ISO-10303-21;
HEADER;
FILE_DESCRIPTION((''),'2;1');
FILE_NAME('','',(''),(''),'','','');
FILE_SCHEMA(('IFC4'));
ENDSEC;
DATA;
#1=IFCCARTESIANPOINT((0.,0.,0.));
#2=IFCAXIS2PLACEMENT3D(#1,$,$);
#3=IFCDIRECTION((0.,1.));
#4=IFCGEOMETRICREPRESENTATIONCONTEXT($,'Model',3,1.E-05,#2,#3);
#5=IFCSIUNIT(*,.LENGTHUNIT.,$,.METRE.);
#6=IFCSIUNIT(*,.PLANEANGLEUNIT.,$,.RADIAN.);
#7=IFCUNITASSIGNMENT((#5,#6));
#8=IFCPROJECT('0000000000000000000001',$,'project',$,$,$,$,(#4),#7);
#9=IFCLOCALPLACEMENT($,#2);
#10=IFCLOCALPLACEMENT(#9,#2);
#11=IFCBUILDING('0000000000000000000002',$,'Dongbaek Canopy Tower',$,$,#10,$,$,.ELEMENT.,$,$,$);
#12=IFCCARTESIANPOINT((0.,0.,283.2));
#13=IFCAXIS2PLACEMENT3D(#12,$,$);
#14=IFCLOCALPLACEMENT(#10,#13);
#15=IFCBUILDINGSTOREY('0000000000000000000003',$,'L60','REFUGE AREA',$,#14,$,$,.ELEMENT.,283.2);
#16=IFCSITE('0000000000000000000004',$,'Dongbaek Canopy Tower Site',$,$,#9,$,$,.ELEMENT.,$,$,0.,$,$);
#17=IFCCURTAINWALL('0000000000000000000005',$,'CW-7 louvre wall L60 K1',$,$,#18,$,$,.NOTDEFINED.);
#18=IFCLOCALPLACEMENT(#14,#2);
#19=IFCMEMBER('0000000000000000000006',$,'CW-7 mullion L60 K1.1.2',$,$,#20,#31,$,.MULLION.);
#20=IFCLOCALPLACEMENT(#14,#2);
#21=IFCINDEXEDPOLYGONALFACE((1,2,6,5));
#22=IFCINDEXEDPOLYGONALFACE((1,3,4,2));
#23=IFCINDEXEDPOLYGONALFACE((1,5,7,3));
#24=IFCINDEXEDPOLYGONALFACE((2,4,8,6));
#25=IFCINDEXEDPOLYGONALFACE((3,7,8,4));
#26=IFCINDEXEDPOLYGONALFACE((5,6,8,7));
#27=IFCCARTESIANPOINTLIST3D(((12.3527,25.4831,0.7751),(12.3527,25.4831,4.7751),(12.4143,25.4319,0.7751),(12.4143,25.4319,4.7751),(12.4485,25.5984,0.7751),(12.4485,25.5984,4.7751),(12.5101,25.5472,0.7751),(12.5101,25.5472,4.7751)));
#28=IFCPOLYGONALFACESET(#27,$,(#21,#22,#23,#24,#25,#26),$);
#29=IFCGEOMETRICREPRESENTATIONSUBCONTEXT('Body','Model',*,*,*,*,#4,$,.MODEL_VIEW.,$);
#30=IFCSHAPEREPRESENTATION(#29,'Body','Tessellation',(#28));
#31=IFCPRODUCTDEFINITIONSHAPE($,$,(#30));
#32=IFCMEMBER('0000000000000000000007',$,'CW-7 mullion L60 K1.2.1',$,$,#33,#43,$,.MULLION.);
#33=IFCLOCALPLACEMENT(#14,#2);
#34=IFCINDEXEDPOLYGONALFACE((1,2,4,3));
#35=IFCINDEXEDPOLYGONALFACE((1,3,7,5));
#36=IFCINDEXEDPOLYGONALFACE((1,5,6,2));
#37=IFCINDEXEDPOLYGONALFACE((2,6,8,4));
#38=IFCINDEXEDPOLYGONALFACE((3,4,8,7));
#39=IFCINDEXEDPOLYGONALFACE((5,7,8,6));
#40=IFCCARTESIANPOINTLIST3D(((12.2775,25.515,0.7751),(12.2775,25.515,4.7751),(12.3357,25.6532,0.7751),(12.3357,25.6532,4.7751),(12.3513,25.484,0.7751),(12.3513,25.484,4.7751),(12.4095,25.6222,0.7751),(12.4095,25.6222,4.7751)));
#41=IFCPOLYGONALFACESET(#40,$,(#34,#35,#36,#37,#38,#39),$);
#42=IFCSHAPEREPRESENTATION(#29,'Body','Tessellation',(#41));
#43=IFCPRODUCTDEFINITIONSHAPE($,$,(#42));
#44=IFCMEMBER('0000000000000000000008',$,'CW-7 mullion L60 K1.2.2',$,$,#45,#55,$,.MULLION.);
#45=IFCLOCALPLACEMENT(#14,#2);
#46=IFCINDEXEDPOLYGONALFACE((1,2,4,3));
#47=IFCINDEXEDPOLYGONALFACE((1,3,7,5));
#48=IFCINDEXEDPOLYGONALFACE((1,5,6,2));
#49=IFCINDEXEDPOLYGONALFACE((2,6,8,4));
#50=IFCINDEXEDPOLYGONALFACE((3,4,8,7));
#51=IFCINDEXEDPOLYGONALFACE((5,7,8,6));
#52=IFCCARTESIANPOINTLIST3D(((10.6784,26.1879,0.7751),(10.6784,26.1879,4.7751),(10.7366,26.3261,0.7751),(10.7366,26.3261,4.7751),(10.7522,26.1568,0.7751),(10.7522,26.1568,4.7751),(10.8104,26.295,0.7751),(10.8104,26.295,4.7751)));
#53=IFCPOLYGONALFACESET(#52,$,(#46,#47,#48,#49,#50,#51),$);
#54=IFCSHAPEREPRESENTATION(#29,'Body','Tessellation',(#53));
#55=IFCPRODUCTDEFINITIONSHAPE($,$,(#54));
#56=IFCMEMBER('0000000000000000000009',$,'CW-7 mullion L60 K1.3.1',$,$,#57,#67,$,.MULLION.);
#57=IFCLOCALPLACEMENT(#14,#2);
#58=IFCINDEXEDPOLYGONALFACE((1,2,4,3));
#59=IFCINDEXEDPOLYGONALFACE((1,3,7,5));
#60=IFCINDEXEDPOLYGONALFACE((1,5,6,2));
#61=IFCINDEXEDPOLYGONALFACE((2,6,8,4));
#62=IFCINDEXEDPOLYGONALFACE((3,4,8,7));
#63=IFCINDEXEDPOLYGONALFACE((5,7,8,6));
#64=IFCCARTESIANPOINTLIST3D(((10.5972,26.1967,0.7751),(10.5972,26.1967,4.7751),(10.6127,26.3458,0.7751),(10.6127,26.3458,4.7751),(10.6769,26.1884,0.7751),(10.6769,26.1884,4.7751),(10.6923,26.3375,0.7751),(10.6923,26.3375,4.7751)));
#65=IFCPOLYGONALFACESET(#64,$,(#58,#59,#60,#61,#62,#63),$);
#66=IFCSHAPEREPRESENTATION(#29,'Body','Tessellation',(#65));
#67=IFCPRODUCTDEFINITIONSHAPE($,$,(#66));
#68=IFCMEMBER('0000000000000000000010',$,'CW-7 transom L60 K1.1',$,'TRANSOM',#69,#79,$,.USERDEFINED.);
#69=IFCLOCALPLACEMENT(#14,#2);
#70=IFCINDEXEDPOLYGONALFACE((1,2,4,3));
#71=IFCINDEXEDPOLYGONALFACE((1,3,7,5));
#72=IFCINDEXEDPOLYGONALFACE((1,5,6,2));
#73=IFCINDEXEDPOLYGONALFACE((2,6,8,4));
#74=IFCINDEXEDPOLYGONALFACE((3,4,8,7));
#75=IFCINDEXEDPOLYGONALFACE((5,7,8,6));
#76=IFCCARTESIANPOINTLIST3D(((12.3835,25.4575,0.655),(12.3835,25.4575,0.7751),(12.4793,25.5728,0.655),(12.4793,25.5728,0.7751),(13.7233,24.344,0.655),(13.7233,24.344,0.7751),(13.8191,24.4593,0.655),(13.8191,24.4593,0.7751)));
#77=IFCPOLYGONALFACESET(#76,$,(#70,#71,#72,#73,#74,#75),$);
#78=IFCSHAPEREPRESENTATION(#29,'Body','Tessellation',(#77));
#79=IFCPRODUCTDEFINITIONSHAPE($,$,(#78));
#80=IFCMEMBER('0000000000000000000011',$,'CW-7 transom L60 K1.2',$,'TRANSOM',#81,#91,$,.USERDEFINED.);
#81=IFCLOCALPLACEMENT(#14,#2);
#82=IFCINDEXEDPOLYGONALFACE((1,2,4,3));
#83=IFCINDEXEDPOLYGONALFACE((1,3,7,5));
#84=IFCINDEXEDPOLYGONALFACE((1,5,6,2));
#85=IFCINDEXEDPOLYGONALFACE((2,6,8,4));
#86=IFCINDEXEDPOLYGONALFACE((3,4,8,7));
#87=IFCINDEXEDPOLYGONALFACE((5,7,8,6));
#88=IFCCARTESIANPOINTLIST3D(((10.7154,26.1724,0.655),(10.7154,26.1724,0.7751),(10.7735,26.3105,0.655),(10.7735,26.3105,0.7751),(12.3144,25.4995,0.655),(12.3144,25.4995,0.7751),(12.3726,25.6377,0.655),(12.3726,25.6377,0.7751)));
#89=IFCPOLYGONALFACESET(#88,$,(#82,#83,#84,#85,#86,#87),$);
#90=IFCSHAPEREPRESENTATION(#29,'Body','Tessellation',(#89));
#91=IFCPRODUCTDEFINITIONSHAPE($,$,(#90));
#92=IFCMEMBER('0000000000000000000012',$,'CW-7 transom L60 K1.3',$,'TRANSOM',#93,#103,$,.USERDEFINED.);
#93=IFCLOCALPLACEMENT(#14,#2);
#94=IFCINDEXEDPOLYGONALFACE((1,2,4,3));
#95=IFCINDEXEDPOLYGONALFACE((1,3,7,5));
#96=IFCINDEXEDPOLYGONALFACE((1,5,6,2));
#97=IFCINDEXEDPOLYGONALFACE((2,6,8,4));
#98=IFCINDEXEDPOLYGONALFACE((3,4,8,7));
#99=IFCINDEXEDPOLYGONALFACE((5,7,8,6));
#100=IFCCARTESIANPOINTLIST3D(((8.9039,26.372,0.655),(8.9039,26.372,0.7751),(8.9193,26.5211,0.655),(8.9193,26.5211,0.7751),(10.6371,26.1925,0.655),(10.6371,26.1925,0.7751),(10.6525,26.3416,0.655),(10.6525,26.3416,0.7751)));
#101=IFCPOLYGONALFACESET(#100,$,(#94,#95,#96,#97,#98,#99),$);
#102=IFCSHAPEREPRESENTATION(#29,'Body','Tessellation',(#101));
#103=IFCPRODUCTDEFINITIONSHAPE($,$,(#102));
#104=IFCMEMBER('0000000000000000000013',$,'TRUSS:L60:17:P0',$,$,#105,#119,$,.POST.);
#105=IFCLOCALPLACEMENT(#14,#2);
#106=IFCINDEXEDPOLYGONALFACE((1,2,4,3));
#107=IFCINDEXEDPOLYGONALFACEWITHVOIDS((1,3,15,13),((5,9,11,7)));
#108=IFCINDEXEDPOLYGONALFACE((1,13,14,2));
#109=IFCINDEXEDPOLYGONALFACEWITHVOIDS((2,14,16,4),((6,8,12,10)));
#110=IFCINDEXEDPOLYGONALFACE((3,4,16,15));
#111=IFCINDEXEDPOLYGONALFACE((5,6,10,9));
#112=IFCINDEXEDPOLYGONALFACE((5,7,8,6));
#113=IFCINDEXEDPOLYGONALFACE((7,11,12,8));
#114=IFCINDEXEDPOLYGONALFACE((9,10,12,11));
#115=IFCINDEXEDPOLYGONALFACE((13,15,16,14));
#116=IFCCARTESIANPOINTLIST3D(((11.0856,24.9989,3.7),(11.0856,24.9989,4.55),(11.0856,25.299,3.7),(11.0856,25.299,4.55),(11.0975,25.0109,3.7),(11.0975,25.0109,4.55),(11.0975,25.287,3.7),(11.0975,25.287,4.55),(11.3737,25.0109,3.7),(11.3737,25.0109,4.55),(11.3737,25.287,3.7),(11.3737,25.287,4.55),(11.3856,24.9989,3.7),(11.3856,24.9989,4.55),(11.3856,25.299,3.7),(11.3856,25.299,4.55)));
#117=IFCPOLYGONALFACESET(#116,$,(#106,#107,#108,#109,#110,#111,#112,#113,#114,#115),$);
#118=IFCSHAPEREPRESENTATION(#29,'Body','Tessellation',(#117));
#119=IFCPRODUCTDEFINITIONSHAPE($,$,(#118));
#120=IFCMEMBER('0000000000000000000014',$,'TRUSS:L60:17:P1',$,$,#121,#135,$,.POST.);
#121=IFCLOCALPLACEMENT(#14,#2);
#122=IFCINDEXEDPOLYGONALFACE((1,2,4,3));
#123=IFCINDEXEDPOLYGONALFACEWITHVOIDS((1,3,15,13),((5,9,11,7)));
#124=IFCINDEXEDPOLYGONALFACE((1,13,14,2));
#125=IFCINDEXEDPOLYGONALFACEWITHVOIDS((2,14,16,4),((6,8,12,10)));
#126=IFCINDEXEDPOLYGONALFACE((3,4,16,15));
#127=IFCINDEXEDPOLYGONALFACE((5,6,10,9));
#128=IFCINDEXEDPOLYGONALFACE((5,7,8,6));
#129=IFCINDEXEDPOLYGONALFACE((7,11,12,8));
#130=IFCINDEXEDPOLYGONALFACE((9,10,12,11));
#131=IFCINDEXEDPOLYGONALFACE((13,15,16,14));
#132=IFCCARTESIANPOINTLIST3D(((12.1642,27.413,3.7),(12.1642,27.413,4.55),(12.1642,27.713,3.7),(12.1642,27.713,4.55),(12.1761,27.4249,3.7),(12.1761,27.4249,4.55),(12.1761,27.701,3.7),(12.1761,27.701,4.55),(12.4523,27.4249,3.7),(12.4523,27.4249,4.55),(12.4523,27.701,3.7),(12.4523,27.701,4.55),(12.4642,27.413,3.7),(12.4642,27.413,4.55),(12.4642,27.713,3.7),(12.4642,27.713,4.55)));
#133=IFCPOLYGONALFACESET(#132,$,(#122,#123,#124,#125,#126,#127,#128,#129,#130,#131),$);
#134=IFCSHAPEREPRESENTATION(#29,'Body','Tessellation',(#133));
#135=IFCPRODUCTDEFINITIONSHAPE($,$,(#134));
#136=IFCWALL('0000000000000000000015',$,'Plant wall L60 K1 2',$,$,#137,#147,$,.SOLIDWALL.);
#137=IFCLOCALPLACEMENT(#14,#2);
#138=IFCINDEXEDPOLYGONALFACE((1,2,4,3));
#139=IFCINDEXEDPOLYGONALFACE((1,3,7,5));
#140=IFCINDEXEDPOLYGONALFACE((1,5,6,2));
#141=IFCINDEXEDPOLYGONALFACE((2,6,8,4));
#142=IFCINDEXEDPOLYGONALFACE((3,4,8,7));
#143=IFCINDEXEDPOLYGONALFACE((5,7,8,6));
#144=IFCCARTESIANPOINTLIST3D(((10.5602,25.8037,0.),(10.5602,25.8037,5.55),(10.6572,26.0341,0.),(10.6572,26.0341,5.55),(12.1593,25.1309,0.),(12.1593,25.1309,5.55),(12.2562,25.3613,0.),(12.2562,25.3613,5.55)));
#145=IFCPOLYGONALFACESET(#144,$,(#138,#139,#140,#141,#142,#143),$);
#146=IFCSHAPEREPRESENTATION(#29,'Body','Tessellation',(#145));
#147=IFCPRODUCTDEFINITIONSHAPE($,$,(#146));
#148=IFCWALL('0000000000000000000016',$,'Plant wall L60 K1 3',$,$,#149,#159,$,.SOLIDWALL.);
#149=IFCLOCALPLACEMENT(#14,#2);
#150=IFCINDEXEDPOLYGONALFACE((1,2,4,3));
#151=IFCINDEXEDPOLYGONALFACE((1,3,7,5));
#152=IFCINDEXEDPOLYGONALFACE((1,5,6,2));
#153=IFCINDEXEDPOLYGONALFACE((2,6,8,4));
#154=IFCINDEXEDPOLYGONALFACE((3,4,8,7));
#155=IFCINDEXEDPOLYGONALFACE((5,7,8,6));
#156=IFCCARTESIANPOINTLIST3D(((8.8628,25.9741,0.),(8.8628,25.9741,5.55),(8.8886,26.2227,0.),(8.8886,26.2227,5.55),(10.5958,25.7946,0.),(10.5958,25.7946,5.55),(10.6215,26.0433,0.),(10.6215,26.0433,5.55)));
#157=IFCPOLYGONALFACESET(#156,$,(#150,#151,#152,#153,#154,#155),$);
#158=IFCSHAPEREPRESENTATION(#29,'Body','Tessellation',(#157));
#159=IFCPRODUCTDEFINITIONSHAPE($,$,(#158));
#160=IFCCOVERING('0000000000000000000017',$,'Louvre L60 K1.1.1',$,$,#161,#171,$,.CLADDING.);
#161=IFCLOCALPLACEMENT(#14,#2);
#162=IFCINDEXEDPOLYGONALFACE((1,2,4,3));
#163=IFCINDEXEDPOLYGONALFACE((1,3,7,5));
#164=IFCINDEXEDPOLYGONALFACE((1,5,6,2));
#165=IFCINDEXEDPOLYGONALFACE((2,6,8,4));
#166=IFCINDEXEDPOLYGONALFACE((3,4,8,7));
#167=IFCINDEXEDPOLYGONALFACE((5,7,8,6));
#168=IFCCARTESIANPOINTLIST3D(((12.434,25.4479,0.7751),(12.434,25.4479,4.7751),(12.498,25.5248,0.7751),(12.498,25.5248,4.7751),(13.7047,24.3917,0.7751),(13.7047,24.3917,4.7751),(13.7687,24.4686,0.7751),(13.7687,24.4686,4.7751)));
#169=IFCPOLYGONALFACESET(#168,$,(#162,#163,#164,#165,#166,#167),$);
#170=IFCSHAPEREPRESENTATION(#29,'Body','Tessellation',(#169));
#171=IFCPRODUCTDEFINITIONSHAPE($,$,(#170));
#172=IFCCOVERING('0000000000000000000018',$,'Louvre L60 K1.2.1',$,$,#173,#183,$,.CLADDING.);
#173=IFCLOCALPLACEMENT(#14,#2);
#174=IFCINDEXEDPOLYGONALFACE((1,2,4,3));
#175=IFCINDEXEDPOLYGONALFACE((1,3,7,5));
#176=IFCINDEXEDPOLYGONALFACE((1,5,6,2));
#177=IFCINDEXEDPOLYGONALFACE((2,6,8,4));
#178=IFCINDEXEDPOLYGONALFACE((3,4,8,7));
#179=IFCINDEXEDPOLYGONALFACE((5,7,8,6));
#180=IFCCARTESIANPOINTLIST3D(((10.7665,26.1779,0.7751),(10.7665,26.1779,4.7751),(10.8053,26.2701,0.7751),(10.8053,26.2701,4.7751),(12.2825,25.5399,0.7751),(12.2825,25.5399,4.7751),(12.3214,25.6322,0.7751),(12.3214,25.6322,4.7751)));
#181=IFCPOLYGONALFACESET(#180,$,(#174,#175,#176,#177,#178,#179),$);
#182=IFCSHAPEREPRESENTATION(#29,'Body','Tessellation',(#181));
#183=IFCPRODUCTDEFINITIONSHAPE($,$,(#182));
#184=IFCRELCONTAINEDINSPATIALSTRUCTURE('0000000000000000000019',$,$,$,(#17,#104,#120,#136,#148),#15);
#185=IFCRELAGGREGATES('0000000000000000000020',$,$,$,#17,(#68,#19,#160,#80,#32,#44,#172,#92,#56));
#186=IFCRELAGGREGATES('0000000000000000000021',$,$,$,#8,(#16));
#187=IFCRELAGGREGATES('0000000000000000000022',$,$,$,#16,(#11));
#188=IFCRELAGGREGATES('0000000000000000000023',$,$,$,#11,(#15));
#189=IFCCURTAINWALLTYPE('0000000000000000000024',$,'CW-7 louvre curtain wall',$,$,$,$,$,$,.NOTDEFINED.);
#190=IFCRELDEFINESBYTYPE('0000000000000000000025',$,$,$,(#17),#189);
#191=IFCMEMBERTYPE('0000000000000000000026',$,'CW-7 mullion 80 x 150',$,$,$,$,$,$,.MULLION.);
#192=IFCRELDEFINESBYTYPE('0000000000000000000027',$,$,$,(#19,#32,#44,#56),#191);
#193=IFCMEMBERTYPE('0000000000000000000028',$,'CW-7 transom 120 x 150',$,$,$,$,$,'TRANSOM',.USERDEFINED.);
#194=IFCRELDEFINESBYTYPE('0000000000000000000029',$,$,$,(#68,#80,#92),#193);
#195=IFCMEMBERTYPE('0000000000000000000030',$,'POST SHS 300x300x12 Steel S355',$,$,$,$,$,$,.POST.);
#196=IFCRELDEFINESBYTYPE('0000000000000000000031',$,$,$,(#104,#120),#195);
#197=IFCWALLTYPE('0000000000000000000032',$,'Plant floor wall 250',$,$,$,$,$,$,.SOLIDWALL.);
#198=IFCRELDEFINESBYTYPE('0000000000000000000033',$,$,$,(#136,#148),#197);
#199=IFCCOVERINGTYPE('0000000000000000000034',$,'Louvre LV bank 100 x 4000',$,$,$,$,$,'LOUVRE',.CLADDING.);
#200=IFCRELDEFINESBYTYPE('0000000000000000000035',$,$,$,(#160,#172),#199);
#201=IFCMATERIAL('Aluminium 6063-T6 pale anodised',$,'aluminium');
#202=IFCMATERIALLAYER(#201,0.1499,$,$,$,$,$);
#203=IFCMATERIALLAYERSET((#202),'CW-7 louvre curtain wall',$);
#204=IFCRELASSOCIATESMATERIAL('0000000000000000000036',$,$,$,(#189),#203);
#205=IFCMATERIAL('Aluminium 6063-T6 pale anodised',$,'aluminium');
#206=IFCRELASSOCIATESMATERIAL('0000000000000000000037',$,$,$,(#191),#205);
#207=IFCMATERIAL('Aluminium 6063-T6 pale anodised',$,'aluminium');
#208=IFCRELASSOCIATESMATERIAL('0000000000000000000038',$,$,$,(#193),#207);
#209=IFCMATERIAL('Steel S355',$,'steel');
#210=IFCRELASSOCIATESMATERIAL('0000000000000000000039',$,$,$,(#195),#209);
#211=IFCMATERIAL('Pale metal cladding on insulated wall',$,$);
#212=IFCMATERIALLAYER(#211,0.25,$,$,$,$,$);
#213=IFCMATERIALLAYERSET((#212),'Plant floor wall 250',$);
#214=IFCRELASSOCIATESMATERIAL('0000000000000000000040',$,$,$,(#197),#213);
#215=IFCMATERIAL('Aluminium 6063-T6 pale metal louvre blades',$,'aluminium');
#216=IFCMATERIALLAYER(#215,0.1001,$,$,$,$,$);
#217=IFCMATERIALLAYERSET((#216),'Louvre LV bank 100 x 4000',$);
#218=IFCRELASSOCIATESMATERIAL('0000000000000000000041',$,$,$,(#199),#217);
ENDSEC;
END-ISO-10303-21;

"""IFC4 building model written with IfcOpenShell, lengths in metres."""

from ifc_helpers import new_model, si_unit, direction, frame, frame_2d, origin, origin_2d, place, context, subcontext, project, spatial, rectangle, hollow_rectangle, extrude, material, layer, layer_set, material_profile, profile_set, type_object, element, aggregate, save


model = new_model("IFC4")

# Units and contexts
model_context = context("Model", 3, precision=1e-05, world=origin(), true_north=direction((0.0, 1.0)))
body_context = subcontext(model_context, "Body", "Model", "MODEL_VIEW")
ifc_project = project(units=[si_unit("LENGTHUNIT", "METRE"), si_unit("PLANEANGLEUNIT", "RADIAN")], contexts=[model_context])

# Site, building, storey
site_placement = place(None, origin())
site = spatial("IfcSite", under=ifc_project, at=site_placement, Name="Dongbaek Canopy Tower Site", CompositionType="ELEMENT", RefElevation=0.0)
building_placement = place(site_placement, origin())
building = spatial("IfcBuilding", under=site, at=building_placement, Name="Dongbaek Canopy Tower", CompositionType="ELEMENT")
storey_placement = place(building_placement, frame((0.0, 0.0, 283.2)))
storey = spatial("IfcBuildingStorey", under=building, at=storey_placement, Name="L60", Description="REFUGE AREA", CompositionType="ELEMENT", Elevation=283.2)

# Curtain wall, members
ifc_material_1 = material(Name="Aluminium 6063-T6 pale anodised", Category="aluminium")
ifc_layer_1 = layer(ifc_material_1, 0.1499)
ifc_layer_set_1 = layer_set([ifc_layer_1], Name="CW-7 louvre curtain wall")
curtain_wall_type = type_object("IfcCurtainWallType", Name="CW-7 louvre curtain wall", PredefinedType="NOTDEFINED", material=ifc_layer_set_1)
curtain_wall_placement = place(storey_placement, origin())
curtain_wall = element("IfcCurtainWall", 1, at=curtain_wall_placement, inside=storey, type_object=curtain_wall_type, Name="CW-7 louvre wall L60 K1", PredefinedType="NOTDEFINED")
ifc_material_2 = material(Name="Aluminium 6063-T6 pale anodised", Category="aluminium")
ifc_material_profile_1 = material_profile(ifc_material_2, rectangle(XDim=0.1499, YDim=0.0801, at=origin_2d()), Name="CW-7 mullion 80 x 150")
ifc_profile_set_1 = profile_set([ifc_material_profile_1], Name="Aluminium 6063-T6 pale anodised")
member_type_1 = type_object("IfcMemberType", Name="CW-7 mullion 80 x 150", PredefinedType="MULLION", material=ifc_profile_set_1)
member_1_placement = place(storey_placement, frame((12.4314, 25.5151, 0.7751), z_axis=(0.0, 0.0, 1.0), x_axis=(0.639215, 0.769028, 0.0)))
member_1 = element("IfcMember", 2, at=member_1_placement, type_object=member_type_1, Name="CW-7 mullion L60 K1.1.2", PredefinedType="MULLION", context=body_context, shape_type="SweptSolid", body=[
    extrude(rectangle(XDim=0.1499, YDim=0.0801, at=origin_2d()), origin(), (0.0, 0.0, 1.0), 4.0),
])
member_2_placement = place(storey_placement, frame((12.3435, 25.5686, 0.7751), z_axis=(0.0, 0.0, 1.0), x_axis=(0.387865, 0.921716, 0.0)))
member_2 = element("IfcMember", 3, at=member_2_placement, type_object=member_type_1, Name="CW-7 mullion L60 K1.2.1", PredefinedType="MULLION", context=body_context, shape_type="SweptSolid", body=[
    extrude(rectangle(XDim=0.1499, YDim=0.0801, at=origin_2d()), origin(), (0.0, 0.0, 1.0), 4.0),
])
member_3_placement = place(storey_placement, frame((10.7444, 26.2415, 0.7751), z_axis=(0.0, 0.0, 1.0), x_axis=(0.387865, 0.921716, 0.0)))
member_3 = element("IfcMember", 4, at=member_3_placement, type_object=member_type_1, Name="CW-7 mullion L60 K1.2.2", PredefinedType="MULLION", context=body_context, shape_type="SweptSolid", body=[
    extrude(rectangle(XDim=0.1499, YDim=0.0801, at=origin_2d()), origin(), (0.0, 0.0, 1.0), 4.0),
])
member_4_placement = place(storey_placement, frame((10.6448, 26.2671, 0.7751), z_axis=(0.0, 0.0, 1.0), x_axis=(0.102968, 0.994685, 0.0)))
member_4 = element("IfcMember", 5, at=member_4_placement, type_object=member_type_1, Name="CW-7 mullion L60 K1.3.1", PredefinedType="MULLION", context=body_context, shape_type="SweptSolid", body=[
    extrude(rectangle(XDim=0.1499, YDim=0.0801, at=origin_2d()), origin(), (0.0, 0.0, 1.0), 4.0),
])
ifc_material_3 = material(Name="Aluminium 6063-T6 pale anodised", Category="aluminium")
ifc_material_profile_2 = material_profile(ifc_material_3, rectangle(XDim=0.1499, YDim=0.1201, at=origin_2d()), Name="CW-7 transom 120 x 150")
ifc_profile_set_2 = profile_set([ifc_material_profile_2], Name="Aluminium 6063-T6 pale anodised")
member_type_2 = type_object("IfcMemberType", Name="CW-7 transom 120 x 150", ElementType="TRANSOM", PredefinedType="USERDEFINED", material=ifc_profile_set_2)
member_5_placement = place(storey_placement, frame((13.7712, 24.4016, 0.7151), z_axis=(-0.769071, 0.639164, 0.0), x_axis=(-0.639164, -0.769071, 0.0)))
member_5 = element("IfcMember", 6, at=member_5_placement, type_object=member_type_2, Name="CW-7 transom L60 K1.1", ObjectType="TRANSOM", PredefinedType="USERDEFINED", context=body_context, shape_type="SweptSolid", body=[
    extrude(rectangle(XDim=0.1499, YDim=0.1201, at=origin_2d()), origin(), (0.0, 0.0, 1.0), 1.7422),
])
member_6_placement = place(storey_placement, frame((12.3435, 25.5686, 0.7151), z_axis=(-0.921731, 0.387831, 0.0), x_axis=(-0.387831, -0.921731, 0.0)))
member_6 = element("IfcMember", 7, at=member_6_placement, type_object=member_type_2, Name="CW-7 transom L60 K1.2", ObjectType="TRANSOM", PredefinedType="USERDEFINED", context=body_context, shape_type="SweptSolid", body=[
    extrude(rectangle(XDim=0.1499, YDim=0.1201, at=origin_2d()), origin(), (0.0, 0.0, 1.0), 1.7349),
])
member_7_placement = place(storey_placement, frame((10.6448, 26.2671, 0.7151), z_axis=(-0.994683, 0.102985, 0.0), x_axis=(-0.102985, -0.994683, 0.0)))
member_7 = element("IfcMember", 8, at=member_7_placement, type_object=member_type_2, Name="CW-7 transom L60 K1.3", ObjectType="TRANSOM", PredefinedType="USERDEFINED", context=body_context, shape_type="SweptSolid", body=[
    extrude(rectangle(XDim=0.1499, YDim=0.1201, at=origin_2d()), origin(), (0.0, 0.0, 1.0), 1.7424),
])

# Members
ifc_material_4 = material(Name="Steel S355", Category="steel")
ifc_material_profile_3 = material_profile(ifc_material_4, hollow_rectangle(XDim=0.3, YDim=0.3, WallThickness=0.012, at=origin_2d()), Name="POST SHS 300x300x12 Steel S355")
ifc_profile_set_3 = profile_set([ifc_material_profile_3], Name="Steel S355")
member_type_3 = type_object("IfcMemberType", Name="POST SHS 300x300x12 Steel S355", PredefinedType="POST", material=ifc_profile_set_3)
for number, where, z_axis, x_axis, name in (
    (9, (11.2356, 25.1489, 3.7), (0.0, 0.0, 1.0), (1.0, 0.0, 0.0), "TRUSS:L60:17:P0"),
    (10, (12.3142, 27.563, 3.7), (0.0, 0.0, 1.0), (1.0, 0.0, 0.0), "TRUSS:L60:17:P1"),
):
    element("IfcMember", number, at=place(storey_placement, frame(where, z_axis=z_axis, x_axis=x_axis)), inside=storey, type_object=member_type_3, Name=name, PredefinedType="POST", context=body_context, shape_type="SweptSolid", body=[
        extrude(hollow_rectangle(XDim=0.3, YDim=0.3, WallThickness=0.012, at=origin_2d()), origin(), (0.0, 0.0, 1.0), 0.8501),
    ])

# Walls
ifc_material_5 = material(Name="Pale metal cladding on insulated wall")
ifc_layer_2 = layer(ifc_material_5, 0.25)
ifc_layer_set_2 = layer_set([ifc_layer_2], Name="Plant floor wall 250")
wall_type = type_object("IfcWallType", Name="Plant floor wall 250", PredefinedType="SOLIDWALL", material=ifc_layer_set_2)
wall_1_placement = place(storey_placement, frame((12.2078, 25.2461, 0.0), z_axis=(0.0, 0.0, 1.0), x_axis=(-0.921731, 0.387831, 0.0)))
element("IfcWall", 11, at=wall_1_placement, inside=storey, type_object=wall_type, Name="Plant wall L60 K1 2", PredefinedType="SOLIDWALL", context=body_context, shape_type="SweptSolid", body=[
    extrude(rectangle(XDim=1.7349, YDim=0.25, at=frame_2d((0.8674, 0.0))), origin(), (0.0, 0.0, 1.0), 5.55),
])
wall_2_placement = place(storey_placement, frame((10.6086, 25.9189, 0.0), z_axis=(0.0, 0.0, 1.0), x_axis=(-0.994681, 0.103, 0.0)))
element("IfcWall", 12, at=wall_2_placement, inside=storey, type_object=wall_type, Name="Plant wall L60 K1 3", PredefinedType="SOLIDWALL", context=body_context, shape_type="SweptSolid", body=[
    extrude(rectangle(XDim=1.7422, YDim=0.25, at=frame_2d((0.8711, 0.0))), origin(), (0.0, 0.0, 1.0), 5.55),
])

# Coverings
ifc_material_6 = material(Name="Aluminium 6063-T6 pale metal louvre blades", Category="aluminium")
ifc_layer_3 = layer(ifc_material_6, 0.1001)
ifc_layer_set_3 = layer_set([ifc_layer_3], Name="Louvre LV bank 100 x 4000")
covering_type = type_object("IfcCoveringType", Name="Louvre LV bank 100 x 4000", ElementType="LOUVRE", PredefinedType="CLADDING", material=ifc_layer_set_3)
covering_1_placement = place(storey_placement, frame((13.1013, 24.9583, 0.7751), z_axis=(0.0, 0.0, 1.0), x_axis=(-0.769028, 0.639215, 0.0)))
covering_1 = element("IfcCovering", 13, at=covering_1_placement, type_object=covering_type, Name="Louvre L60 K1.1.1", PredefinedType="CLADDING", context=body_context, shape_type="SweptSolid", body=[
    extrude(rectangle(XDim=1.6523, YDim=0.1001, at=origin_2d()), origin(), (0.0, 0.0, 1.0), 4.0),
])
covering_2_placement = place(storey_placement, frame((11.5439, 25.905, 0.7751), z_axis=(0.0, 0.0, 1.0), x_axis=(-0.921716, 0.387865, 0.0)))
covering_2 = element("IfcCovering", 14, at=covering_2_placement, type_object=covering_type, Name="Louvre L60 K1.2.1", PredefinedType="CLADDING", context=body_context, shape_type="SweptSolid", body=[
    extrude(rectangle(XDim=1.6448, YDim=0.1001, at=origin_2d()), origin(), (0.0, 0.0, 1.0), 4.0),
])

aggregate(curtain_wall, [member_5, member_1, covering_1, member_6, member_2, member_3, covering_2, member_7, member_4])

save(model, "model.ifc")
